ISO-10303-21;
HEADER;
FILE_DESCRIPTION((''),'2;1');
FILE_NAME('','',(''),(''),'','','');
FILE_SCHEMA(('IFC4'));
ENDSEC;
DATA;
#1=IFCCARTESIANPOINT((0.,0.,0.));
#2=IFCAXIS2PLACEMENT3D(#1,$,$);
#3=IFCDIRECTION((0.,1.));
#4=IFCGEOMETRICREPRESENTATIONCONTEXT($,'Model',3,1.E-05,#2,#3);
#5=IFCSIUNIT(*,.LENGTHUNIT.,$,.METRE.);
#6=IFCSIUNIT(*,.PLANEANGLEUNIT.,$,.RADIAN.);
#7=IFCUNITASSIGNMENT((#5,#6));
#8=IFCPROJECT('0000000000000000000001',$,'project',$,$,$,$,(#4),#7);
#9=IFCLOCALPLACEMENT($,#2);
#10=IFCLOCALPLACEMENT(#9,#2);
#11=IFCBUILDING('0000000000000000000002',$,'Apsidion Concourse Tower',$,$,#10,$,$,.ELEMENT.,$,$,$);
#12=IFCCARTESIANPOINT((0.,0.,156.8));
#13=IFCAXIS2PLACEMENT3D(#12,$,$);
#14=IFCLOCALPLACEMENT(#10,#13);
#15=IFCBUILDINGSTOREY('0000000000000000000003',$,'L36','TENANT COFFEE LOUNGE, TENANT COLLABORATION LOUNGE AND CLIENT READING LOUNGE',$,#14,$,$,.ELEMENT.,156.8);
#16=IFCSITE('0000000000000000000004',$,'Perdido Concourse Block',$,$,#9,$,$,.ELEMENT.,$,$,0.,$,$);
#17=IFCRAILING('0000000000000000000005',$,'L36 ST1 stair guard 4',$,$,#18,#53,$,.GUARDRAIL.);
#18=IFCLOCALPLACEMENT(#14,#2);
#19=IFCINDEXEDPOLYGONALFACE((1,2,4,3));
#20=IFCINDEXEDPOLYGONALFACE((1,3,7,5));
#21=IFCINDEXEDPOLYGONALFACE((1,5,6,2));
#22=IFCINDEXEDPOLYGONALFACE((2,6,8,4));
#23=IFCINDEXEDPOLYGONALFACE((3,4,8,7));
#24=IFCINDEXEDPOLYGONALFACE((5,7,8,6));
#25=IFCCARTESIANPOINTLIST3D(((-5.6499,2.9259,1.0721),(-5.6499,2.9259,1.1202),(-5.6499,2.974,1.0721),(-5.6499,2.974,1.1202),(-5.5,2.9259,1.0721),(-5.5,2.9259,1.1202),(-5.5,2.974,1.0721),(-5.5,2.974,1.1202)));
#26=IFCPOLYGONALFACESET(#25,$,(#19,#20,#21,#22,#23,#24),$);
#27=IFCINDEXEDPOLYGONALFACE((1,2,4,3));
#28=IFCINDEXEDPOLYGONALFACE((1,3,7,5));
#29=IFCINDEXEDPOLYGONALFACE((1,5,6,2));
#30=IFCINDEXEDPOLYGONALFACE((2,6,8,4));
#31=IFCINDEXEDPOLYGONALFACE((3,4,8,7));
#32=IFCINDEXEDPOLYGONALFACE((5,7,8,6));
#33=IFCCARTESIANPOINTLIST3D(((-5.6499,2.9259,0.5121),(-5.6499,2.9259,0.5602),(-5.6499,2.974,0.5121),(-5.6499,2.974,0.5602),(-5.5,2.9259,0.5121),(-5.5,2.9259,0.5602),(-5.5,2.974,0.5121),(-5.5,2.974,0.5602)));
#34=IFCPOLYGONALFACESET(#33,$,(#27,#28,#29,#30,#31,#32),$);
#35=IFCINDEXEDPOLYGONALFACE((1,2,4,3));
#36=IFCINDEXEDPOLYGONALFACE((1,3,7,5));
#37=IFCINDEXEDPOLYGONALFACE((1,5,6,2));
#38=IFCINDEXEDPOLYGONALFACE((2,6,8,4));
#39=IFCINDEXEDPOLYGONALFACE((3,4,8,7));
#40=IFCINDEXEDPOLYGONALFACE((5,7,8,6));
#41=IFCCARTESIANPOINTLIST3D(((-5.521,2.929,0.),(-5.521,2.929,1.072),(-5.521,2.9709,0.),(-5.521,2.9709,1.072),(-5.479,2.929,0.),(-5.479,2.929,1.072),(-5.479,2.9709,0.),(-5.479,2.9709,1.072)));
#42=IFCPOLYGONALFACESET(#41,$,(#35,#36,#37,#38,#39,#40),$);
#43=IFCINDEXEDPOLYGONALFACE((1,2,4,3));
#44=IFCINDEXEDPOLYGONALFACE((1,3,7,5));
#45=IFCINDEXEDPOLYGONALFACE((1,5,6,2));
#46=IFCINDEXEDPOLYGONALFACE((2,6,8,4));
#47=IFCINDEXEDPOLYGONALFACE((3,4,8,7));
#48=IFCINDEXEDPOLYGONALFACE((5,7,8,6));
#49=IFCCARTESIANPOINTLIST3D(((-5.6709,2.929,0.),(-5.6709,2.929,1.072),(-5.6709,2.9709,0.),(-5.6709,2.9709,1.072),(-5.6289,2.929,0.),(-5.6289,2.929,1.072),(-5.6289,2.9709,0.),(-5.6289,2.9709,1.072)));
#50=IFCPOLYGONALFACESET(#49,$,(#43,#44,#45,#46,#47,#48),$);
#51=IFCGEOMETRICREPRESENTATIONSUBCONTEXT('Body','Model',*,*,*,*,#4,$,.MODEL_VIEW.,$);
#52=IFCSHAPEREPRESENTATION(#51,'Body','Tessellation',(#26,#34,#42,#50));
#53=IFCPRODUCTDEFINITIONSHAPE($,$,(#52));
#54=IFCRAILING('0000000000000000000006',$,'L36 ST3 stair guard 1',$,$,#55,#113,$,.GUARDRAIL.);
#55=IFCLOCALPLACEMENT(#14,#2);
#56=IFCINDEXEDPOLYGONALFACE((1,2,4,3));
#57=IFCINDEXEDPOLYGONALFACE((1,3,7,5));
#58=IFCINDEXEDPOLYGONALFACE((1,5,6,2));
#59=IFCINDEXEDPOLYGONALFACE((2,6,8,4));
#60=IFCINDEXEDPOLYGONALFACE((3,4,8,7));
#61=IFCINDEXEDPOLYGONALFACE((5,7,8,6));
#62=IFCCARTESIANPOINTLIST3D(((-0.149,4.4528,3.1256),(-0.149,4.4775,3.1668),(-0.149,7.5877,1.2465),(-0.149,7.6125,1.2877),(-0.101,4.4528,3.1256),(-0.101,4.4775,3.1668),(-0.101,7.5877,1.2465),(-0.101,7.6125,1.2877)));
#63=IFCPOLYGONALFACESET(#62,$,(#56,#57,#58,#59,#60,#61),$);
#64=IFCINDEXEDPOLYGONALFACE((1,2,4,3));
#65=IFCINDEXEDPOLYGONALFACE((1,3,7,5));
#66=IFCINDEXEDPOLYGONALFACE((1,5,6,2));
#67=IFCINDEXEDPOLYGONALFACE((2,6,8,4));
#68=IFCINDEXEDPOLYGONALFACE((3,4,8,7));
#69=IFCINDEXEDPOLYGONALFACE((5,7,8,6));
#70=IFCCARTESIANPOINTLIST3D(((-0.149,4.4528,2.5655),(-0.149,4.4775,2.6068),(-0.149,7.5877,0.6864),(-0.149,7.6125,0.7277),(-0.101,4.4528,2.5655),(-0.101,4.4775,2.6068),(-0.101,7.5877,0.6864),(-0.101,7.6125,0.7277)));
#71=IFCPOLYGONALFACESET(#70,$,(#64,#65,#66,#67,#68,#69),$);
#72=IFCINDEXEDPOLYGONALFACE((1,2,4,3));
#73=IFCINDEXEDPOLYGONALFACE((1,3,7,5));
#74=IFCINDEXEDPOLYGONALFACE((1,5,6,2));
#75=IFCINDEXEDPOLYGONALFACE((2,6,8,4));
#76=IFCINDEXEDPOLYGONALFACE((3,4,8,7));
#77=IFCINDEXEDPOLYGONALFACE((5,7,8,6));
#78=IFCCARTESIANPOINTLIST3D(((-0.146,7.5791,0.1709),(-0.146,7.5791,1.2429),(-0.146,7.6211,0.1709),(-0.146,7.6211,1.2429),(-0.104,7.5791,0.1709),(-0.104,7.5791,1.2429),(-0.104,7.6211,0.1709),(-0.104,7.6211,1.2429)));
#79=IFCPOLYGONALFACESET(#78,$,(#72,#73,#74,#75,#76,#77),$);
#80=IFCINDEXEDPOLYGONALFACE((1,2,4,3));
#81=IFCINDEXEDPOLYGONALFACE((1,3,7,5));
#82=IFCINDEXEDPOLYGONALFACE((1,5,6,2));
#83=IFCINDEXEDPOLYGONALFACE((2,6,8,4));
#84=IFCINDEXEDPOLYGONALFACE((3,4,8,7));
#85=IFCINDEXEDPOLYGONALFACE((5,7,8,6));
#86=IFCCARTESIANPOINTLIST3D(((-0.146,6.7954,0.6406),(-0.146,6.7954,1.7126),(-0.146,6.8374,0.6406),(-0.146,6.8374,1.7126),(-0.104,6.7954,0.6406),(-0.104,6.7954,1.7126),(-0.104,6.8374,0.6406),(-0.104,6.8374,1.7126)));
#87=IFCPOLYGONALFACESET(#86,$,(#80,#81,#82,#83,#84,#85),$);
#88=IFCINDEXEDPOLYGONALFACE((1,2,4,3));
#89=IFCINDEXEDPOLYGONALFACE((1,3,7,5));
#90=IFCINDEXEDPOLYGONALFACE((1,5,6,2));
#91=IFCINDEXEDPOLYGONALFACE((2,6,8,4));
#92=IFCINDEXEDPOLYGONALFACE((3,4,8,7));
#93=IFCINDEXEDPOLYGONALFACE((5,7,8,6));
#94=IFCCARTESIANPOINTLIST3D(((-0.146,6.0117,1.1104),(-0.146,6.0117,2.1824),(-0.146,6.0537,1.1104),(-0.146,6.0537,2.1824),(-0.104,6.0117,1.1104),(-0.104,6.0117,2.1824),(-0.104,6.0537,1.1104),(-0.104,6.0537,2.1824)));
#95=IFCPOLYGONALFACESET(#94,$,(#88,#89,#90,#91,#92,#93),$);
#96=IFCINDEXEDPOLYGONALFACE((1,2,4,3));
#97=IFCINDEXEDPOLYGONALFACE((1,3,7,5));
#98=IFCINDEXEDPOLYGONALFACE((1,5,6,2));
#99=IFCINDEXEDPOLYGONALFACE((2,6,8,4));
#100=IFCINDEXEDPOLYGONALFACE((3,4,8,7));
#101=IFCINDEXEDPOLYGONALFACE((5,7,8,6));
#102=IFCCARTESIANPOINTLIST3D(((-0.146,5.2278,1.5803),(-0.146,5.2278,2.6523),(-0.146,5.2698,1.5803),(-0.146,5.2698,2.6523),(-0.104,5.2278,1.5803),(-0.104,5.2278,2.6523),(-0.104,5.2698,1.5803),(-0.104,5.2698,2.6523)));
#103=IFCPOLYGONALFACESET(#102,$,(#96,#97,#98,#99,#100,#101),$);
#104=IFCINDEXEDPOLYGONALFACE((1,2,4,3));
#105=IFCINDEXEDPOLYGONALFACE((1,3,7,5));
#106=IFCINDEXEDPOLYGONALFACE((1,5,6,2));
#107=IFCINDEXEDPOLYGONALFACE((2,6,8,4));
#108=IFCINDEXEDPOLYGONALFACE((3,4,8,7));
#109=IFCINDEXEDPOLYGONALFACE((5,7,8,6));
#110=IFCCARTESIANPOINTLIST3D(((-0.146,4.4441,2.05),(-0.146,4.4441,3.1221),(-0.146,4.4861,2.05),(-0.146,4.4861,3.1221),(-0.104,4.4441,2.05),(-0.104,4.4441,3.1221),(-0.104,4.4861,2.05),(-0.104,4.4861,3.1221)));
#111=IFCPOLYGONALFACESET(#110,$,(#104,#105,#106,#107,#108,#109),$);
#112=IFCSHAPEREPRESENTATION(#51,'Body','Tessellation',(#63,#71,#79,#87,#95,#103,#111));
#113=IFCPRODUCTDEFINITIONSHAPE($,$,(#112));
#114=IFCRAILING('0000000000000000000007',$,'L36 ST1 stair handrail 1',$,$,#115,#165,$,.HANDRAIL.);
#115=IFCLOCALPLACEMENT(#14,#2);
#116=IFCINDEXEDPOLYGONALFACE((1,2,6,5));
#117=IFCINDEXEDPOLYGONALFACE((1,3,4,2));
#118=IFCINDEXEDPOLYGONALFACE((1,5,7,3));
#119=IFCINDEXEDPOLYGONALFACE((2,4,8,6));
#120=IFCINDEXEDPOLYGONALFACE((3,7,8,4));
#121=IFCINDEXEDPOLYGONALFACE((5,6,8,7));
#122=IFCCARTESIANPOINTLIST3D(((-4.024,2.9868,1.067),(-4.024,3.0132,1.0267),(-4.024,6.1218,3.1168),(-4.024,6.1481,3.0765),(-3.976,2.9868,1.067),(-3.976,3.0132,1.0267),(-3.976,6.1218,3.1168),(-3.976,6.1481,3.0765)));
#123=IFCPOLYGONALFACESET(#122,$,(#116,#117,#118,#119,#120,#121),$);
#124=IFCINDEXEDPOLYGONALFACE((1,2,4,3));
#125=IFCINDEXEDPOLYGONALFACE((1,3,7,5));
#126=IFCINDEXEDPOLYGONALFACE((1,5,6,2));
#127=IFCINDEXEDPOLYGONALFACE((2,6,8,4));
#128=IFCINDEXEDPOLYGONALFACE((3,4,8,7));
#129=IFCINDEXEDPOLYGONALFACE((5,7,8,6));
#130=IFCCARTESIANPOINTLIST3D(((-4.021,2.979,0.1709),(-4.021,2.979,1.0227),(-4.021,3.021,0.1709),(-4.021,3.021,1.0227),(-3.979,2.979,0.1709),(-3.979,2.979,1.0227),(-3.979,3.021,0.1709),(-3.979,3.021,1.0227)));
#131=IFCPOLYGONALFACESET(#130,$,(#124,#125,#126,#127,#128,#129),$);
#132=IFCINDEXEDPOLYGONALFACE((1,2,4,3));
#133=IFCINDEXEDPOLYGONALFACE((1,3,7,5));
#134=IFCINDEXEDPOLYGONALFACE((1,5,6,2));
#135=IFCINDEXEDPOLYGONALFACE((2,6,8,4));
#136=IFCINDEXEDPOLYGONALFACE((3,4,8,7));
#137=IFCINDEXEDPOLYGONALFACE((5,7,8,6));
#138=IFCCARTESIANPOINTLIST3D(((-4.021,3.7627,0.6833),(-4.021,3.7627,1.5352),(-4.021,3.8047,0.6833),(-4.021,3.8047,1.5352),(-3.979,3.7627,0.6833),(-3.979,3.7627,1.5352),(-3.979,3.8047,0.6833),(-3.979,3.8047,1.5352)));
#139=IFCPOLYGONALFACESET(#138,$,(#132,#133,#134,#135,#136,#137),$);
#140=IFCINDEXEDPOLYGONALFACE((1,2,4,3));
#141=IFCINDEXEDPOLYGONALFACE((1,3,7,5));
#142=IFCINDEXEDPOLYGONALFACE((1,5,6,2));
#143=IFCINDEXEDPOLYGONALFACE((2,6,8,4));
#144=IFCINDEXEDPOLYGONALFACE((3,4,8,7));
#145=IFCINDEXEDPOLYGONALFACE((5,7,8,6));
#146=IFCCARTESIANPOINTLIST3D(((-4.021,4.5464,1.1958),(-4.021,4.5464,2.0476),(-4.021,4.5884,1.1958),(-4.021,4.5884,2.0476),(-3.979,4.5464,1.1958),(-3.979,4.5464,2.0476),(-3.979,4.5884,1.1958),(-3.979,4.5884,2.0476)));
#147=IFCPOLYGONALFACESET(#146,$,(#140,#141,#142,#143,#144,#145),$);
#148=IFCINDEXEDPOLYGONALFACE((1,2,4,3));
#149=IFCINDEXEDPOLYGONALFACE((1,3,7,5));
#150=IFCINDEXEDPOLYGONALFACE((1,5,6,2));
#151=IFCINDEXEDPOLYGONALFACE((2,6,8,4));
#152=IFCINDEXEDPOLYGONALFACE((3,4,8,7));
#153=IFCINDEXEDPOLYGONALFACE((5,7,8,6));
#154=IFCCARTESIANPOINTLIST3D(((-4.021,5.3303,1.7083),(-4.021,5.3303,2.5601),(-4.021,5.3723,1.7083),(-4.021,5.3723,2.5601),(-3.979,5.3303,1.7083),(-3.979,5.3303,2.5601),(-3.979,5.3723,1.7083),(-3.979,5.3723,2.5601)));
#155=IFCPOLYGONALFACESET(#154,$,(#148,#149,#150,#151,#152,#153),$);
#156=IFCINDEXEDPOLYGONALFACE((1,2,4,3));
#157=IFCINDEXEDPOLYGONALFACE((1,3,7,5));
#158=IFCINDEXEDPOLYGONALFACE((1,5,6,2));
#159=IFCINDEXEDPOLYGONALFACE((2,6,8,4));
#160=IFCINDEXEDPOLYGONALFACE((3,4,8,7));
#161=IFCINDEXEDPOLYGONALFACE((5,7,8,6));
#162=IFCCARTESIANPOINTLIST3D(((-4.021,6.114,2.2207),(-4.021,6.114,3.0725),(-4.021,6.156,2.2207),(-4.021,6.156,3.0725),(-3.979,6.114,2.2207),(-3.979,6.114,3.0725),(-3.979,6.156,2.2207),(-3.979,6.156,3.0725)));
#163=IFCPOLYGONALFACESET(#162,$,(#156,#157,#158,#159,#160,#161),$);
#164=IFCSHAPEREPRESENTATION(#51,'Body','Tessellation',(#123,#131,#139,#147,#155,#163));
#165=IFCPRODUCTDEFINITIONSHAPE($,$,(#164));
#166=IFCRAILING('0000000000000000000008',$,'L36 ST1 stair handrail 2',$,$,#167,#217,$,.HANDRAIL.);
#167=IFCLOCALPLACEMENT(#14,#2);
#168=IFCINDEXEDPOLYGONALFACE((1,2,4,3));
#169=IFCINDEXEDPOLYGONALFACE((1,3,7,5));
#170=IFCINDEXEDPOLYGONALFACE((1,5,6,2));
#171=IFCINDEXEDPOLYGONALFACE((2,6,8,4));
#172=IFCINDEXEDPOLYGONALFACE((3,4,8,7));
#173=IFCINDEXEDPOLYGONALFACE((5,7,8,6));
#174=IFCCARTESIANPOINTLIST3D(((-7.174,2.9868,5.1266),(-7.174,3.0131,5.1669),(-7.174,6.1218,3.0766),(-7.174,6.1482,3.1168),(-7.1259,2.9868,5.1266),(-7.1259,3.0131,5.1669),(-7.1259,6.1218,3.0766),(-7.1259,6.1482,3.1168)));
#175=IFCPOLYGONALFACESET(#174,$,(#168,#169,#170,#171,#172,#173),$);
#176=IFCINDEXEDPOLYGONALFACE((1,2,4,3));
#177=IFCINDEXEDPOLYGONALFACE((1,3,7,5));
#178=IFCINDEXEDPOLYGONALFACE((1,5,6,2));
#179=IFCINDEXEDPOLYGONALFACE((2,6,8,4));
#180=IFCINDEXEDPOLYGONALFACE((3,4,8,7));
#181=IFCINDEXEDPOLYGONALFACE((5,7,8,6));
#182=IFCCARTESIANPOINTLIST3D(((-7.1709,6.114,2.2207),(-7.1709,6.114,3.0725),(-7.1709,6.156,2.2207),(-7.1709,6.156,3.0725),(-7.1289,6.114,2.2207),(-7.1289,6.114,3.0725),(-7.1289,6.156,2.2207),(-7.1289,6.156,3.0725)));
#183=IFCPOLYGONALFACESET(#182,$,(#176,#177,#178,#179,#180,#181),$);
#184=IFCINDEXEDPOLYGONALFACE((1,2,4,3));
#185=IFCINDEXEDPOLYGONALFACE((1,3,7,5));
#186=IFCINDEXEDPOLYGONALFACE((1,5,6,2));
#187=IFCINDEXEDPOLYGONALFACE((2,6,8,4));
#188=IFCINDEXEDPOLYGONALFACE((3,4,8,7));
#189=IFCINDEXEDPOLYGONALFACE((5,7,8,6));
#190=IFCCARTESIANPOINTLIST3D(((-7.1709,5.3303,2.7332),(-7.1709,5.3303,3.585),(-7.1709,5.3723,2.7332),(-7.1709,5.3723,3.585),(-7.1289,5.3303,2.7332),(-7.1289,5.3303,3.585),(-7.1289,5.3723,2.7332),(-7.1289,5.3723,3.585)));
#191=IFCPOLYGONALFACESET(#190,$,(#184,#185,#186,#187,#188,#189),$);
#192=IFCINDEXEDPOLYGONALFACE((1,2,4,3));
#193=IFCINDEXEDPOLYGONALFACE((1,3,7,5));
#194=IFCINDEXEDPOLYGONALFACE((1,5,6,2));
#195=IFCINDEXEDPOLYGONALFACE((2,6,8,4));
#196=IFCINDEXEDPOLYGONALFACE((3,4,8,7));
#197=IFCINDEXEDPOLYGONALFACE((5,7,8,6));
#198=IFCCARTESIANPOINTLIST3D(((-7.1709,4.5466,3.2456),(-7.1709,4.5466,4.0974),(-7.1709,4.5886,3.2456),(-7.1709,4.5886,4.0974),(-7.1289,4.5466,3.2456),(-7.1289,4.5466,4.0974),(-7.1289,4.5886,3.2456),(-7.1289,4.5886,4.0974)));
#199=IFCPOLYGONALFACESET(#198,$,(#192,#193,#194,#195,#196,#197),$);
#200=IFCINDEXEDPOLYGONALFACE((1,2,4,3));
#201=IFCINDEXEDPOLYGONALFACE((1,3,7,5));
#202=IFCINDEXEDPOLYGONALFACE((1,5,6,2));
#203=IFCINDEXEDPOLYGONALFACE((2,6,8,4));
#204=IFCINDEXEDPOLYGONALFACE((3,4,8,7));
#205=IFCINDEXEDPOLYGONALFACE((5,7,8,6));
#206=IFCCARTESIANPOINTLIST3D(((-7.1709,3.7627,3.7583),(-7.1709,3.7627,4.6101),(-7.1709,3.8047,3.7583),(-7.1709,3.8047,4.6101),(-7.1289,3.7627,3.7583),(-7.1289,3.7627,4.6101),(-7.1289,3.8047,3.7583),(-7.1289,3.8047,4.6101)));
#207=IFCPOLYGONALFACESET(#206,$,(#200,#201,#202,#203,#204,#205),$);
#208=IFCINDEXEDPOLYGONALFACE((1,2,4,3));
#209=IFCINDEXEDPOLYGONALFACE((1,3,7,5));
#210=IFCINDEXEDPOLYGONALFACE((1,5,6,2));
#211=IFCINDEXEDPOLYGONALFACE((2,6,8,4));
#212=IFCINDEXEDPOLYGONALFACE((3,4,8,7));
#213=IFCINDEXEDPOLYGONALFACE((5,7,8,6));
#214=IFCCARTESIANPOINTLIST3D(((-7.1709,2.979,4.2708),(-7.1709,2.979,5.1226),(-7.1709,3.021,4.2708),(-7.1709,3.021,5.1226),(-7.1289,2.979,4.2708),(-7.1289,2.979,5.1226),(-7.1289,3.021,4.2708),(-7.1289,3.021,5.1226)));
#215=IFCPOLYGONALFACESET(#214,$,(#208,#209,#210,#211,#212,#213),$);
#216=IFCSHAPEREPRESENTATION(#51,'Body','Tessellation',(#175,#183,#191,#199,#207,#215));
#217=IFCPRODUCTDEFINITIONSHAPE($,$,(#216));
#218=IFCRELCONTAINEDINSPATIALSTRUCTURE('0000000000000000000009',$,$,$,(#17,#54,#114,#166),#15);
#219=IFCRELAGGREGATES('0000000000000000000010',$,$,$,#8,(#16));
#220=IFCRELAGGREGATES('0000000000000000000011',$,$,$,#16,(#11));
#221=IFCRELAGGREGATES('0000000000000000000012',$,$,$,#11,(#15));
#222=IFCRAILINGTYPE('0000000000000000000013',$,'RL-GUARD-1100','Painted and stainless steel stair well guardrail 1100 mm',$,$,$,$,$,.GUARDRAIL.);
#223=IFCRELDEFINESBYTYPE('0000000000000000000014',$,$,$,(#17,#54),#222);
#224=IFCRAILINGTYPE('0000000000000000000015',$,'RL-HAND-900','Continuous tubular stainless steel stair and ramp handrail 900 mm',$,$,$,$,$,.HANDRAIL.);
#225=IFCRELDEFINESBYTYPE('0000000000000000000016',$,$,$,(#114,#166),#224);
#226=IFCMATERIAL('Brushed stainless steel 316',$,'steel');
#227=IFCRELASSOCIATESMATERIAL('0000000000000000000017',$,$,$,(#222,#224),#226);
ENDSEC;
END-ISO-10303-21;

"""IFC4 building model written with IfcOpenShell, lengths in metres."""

from ifc_helpers import new_model, si_unit, direction, frame, origin, origin_2d, place, context, subcontext, project, spatial, rectangle, extrude, material, type_object, element, save


model = new_model("IFC4")

# Units and contexts
model_context = context("Model", 3, precision=1e-05, world=origin(), true_north=direction((0.0, 1.0)))
body_context = subcontext(model_context, "Body", "Model", "MODEL_VIEW")
ifc_project = project(units=[si_unit("LENGTHUNIT", "METRE"), si_unit("PLANEANGLEUNIT", "RADIAN")], contexts=[model_context])

# Site, building, storey
site_placement = place(None, origin())
site = spatial("IfcSite", under=ifc_project, at=site_placement, Name="Perdido Concourse Block", CompositionType="ELEMENT", RefElevation=0.0)
building_placement = place(site_placement, origin())
building = spatial("IfcBuilding", under=site, at=building_placement, Name="Apsidion Concourse Tower", CompositionType="ELEMENT")
storey_placement = place(building_placement, frame((0.0, 0.0, 156.8)))
storey = spatial("IfcBuildingStorey", under=building, at=storey_placement, Name="L36", Description="TENANT COFFEE LOUNGE, TENANT COLLABORATION LOUNGE AND CLIENT READING LOUNGE", CompositionType="ELEMENT", Elevation=156.8)

# Shared definitions
ifc_material_1 = material(Name="Brushed stainless steel 316", Category="steel")

# Railings
railing_type_1 = type_object("IfcRailingType", Name="RL-GUARD-1100", Description="Painted and stainless steel stair well guardrail 1100 mm", PredefinedType="GUARDRAIL", material=ifc_material_1)
railing_1_placement = place(storey_placement, frame((-5.5, 2.95, 0.0)))
element("IfcRailing", 1, at=railing_1_placement, inside=storey, type_object=railing_type_1, Name="L36 ST1 stair guard 4", PredefinedType="GUARDRAIL", context=body_context, shape_type="SweptSolid", body=[
    extrude(rectangle(XDim=0.0481, YDim=0.0481, at=origin_2d()), frame((0.0, 0.0, 1.0962), z_axis=(-1.0, 0.0, 0.0), x_axis=(0.0, -1.0, 0.0)), (0.0, 0.0, 1.0), 0.1499),
    extrude(rectangle(XDim=0.0481, YDim=0.0481, at=origin_2d()), frame((0.0, 0.0, 0.5361), z_axis=(-1.0, 0.0, 0.0), x_axis=(0.0, -1.0, 0.0)), (0.0, 0.0, 1.0), 0.1499),
    extrude(rectangle(XDim=0.042, YDim=0.042, at=origin_2d()), origin(), (0.0, 0.0, 1.0), 1.072),
    extrude(rectangle(XDim=0.042, YDim=0.042, at=origin_2d()), frame((-0.1499, 0.0, 0.0)), (0.0, 0.0, 1.0), 1.072),
])
railing_2_placement = place(storey_placement, frame((-0.125, 7.6001, 0.1709)))
element("IfcRailing", 2, at=railing_2_placement, inside=storey, type_object=railing_type_1, Name="L36 ST3 stair guard 1", PredefinedType="GUARDRAIL", context=body_context, shape_type="SweptSolid", body=[
    extrude(rectangle(XDim=0.0481, YDim=0.0481, at=origin_2d()), frame((0.0, 0.0, 1.0962), z_axis=(0.0, -0.857717, 0.514122), x_axis=(1.0, 0.0, 0.0)), (0.0, 0.0, 1.0), 3.655),
    extrude(rectangle(XDim=0.0481, YDim=0.0481, at=origin_2d()), frame((0.0, 0.0, 0.5361), z_axis=(0.0, -0.857717, 0.514122), x_axis=(1.0, 0.0, 0.0)), (0.0, 0.0, 1.0), 3.655),
    extrude(rectangle(XDim=0.042, YDim=0.042, at=origin_2d()), origin(), (0.0, 0.0, 1.0), 1.072),
    extrude(rectangle(XDim=0.042, YDim=0.042, at=origin_2d()), frame((0.0, -0.7837, 0.4697)), (0.0, 0.0, 1.0), 1.072),
    extrude(rectangle(XDim=0.042, YDim=0.042, at=origin_2d()), frame((0.0, -1.5674, 0.9395)), (0.0, 0.0, 1.0), 1.072),
    extrude(rectangle(XDim=0.042, YDim=0.042, at=origin_2d()), frame((0.0, -2.3513, 1.4094)), (0.0, 0.0, 1.0), 1.072),
    extrude(rectangle(XDim=0.042, YDim=0.042, at=origin_2d()), frame((0.0, -3.135, 1.8792)), (0.0, 0.0, 1.0), 1.072),
])
railing_type_2 = type_object("IfcRailingType", Name="RL-HAND-900", Description="Continuous tubular stainless steel stair and ramp handrail 900 mm", PredefinedType="HANDRAIL", material=ifc_material_1)
railing_3_placement = place(storey_placement, frame((-4.0, 3.0, 0.1709)))
element("IfcRailing", 3, at=railing_3_placement, inside=storey, type_object=railing_type_2, Name="L36 ST1 stair handrail 1", PredefinedType="HANDRAIL", context=body_context, shape_type="SweptSolid", body=[
    extrude(rectangle(XDim=0.0481, YDim=0.0481, at=origin_2d()), frame((0.0, 0.0, 0.876), z_axis=(0.0, 0.836971, 0.547248), x_axis=(-1.0, 0.0, 0.0)), (0.0, 0.0, 1.0), 3.7456),
    extrude(rectangle(XDim=0.042, YDim=0.042, at=origin_2d()), origin(), (0.0, 0.0, 1.0), 0.8518),
    extrude(rectangle(XDim=0.042, YDim=0.042, at=origin_2d()), frame((0.0, 0.7837, 0.5125)), (0.0, 0.0, 1.0), 0.8518),
    extrude(rectangle(XDim=0.042, YDim=0.042, at=origin_2d()), frame((0.0, 1.5674, 1.0249)), (0.0, 0.0, 1.0), 0.8518),
    extrude(rectangle(XDim=0.042, YDim=0.042, at=origin_2d()), frame((0.0, 2.3513, 1.5374)), (0.0, 0.0, 1.0), 0.8518),
    extrude(rectangle(XDim=0.042, YDim=0.042, at=origin_2d()), frame((0.0, 3.135, 2.0498)), (0.0, 0.0, 1.0), 0.8518),
])
railing_4_placement = place(storey_placement, frame((-7.1499, 6.135, 2.2207)))
element("IfcRailing", 4, at=railing_4_placement, inside=storey, type_object=railing_type_2, Name="L36 ST1 stair handrail 2", PredefinedType="HANDRAIL", context=body_context, shape_type="SweptSolid", body=[
    extrude(rectangle(XDim=0.0481, YDim=0.0481, at=origin_2d()), frame((0.0, 0.0, 0.876), z_axis=(0.0, -0.836941, 0.547293), x_axis=(1.0, 0.0, 0.0)), (0.0, 0.0, 1.0), 3.7458),
    extrude(rectangle(XDim=0.042, YDim=0.042, at=origin_2d()), origin(), (0.0, 0.0, 1.0), 0.8518),
    extrude(rectangle(XDim=0.042, YDim=0.042, at=origin_2d()), frame((0.0, -0.7837, 0.5125)), (0.0, 0.0, 1.0), 0.8518),
    extrude(rectangle(XDim=0.042, YDim=0.042, at=origin_2d()), frame((0.0, -1.5674, 1.0249)), (0.0, 0.0, 1.0), 0.8518),
    extrude(rectangle(XDim=0.042, YDim=0.042, at=origin_2d()), frame((0.0, -2.3513, 1.5376)), (0.0, 0.0, 1.0), 0.8518),
    extrude(rectangle(XDim=0.042, YDim=0.042, at=origin_2d()), frame((0.0, -3.135, 2.05)), (0.0, 0.0, 1.0), 0.8518),
])

save(model, "model.ifc")
